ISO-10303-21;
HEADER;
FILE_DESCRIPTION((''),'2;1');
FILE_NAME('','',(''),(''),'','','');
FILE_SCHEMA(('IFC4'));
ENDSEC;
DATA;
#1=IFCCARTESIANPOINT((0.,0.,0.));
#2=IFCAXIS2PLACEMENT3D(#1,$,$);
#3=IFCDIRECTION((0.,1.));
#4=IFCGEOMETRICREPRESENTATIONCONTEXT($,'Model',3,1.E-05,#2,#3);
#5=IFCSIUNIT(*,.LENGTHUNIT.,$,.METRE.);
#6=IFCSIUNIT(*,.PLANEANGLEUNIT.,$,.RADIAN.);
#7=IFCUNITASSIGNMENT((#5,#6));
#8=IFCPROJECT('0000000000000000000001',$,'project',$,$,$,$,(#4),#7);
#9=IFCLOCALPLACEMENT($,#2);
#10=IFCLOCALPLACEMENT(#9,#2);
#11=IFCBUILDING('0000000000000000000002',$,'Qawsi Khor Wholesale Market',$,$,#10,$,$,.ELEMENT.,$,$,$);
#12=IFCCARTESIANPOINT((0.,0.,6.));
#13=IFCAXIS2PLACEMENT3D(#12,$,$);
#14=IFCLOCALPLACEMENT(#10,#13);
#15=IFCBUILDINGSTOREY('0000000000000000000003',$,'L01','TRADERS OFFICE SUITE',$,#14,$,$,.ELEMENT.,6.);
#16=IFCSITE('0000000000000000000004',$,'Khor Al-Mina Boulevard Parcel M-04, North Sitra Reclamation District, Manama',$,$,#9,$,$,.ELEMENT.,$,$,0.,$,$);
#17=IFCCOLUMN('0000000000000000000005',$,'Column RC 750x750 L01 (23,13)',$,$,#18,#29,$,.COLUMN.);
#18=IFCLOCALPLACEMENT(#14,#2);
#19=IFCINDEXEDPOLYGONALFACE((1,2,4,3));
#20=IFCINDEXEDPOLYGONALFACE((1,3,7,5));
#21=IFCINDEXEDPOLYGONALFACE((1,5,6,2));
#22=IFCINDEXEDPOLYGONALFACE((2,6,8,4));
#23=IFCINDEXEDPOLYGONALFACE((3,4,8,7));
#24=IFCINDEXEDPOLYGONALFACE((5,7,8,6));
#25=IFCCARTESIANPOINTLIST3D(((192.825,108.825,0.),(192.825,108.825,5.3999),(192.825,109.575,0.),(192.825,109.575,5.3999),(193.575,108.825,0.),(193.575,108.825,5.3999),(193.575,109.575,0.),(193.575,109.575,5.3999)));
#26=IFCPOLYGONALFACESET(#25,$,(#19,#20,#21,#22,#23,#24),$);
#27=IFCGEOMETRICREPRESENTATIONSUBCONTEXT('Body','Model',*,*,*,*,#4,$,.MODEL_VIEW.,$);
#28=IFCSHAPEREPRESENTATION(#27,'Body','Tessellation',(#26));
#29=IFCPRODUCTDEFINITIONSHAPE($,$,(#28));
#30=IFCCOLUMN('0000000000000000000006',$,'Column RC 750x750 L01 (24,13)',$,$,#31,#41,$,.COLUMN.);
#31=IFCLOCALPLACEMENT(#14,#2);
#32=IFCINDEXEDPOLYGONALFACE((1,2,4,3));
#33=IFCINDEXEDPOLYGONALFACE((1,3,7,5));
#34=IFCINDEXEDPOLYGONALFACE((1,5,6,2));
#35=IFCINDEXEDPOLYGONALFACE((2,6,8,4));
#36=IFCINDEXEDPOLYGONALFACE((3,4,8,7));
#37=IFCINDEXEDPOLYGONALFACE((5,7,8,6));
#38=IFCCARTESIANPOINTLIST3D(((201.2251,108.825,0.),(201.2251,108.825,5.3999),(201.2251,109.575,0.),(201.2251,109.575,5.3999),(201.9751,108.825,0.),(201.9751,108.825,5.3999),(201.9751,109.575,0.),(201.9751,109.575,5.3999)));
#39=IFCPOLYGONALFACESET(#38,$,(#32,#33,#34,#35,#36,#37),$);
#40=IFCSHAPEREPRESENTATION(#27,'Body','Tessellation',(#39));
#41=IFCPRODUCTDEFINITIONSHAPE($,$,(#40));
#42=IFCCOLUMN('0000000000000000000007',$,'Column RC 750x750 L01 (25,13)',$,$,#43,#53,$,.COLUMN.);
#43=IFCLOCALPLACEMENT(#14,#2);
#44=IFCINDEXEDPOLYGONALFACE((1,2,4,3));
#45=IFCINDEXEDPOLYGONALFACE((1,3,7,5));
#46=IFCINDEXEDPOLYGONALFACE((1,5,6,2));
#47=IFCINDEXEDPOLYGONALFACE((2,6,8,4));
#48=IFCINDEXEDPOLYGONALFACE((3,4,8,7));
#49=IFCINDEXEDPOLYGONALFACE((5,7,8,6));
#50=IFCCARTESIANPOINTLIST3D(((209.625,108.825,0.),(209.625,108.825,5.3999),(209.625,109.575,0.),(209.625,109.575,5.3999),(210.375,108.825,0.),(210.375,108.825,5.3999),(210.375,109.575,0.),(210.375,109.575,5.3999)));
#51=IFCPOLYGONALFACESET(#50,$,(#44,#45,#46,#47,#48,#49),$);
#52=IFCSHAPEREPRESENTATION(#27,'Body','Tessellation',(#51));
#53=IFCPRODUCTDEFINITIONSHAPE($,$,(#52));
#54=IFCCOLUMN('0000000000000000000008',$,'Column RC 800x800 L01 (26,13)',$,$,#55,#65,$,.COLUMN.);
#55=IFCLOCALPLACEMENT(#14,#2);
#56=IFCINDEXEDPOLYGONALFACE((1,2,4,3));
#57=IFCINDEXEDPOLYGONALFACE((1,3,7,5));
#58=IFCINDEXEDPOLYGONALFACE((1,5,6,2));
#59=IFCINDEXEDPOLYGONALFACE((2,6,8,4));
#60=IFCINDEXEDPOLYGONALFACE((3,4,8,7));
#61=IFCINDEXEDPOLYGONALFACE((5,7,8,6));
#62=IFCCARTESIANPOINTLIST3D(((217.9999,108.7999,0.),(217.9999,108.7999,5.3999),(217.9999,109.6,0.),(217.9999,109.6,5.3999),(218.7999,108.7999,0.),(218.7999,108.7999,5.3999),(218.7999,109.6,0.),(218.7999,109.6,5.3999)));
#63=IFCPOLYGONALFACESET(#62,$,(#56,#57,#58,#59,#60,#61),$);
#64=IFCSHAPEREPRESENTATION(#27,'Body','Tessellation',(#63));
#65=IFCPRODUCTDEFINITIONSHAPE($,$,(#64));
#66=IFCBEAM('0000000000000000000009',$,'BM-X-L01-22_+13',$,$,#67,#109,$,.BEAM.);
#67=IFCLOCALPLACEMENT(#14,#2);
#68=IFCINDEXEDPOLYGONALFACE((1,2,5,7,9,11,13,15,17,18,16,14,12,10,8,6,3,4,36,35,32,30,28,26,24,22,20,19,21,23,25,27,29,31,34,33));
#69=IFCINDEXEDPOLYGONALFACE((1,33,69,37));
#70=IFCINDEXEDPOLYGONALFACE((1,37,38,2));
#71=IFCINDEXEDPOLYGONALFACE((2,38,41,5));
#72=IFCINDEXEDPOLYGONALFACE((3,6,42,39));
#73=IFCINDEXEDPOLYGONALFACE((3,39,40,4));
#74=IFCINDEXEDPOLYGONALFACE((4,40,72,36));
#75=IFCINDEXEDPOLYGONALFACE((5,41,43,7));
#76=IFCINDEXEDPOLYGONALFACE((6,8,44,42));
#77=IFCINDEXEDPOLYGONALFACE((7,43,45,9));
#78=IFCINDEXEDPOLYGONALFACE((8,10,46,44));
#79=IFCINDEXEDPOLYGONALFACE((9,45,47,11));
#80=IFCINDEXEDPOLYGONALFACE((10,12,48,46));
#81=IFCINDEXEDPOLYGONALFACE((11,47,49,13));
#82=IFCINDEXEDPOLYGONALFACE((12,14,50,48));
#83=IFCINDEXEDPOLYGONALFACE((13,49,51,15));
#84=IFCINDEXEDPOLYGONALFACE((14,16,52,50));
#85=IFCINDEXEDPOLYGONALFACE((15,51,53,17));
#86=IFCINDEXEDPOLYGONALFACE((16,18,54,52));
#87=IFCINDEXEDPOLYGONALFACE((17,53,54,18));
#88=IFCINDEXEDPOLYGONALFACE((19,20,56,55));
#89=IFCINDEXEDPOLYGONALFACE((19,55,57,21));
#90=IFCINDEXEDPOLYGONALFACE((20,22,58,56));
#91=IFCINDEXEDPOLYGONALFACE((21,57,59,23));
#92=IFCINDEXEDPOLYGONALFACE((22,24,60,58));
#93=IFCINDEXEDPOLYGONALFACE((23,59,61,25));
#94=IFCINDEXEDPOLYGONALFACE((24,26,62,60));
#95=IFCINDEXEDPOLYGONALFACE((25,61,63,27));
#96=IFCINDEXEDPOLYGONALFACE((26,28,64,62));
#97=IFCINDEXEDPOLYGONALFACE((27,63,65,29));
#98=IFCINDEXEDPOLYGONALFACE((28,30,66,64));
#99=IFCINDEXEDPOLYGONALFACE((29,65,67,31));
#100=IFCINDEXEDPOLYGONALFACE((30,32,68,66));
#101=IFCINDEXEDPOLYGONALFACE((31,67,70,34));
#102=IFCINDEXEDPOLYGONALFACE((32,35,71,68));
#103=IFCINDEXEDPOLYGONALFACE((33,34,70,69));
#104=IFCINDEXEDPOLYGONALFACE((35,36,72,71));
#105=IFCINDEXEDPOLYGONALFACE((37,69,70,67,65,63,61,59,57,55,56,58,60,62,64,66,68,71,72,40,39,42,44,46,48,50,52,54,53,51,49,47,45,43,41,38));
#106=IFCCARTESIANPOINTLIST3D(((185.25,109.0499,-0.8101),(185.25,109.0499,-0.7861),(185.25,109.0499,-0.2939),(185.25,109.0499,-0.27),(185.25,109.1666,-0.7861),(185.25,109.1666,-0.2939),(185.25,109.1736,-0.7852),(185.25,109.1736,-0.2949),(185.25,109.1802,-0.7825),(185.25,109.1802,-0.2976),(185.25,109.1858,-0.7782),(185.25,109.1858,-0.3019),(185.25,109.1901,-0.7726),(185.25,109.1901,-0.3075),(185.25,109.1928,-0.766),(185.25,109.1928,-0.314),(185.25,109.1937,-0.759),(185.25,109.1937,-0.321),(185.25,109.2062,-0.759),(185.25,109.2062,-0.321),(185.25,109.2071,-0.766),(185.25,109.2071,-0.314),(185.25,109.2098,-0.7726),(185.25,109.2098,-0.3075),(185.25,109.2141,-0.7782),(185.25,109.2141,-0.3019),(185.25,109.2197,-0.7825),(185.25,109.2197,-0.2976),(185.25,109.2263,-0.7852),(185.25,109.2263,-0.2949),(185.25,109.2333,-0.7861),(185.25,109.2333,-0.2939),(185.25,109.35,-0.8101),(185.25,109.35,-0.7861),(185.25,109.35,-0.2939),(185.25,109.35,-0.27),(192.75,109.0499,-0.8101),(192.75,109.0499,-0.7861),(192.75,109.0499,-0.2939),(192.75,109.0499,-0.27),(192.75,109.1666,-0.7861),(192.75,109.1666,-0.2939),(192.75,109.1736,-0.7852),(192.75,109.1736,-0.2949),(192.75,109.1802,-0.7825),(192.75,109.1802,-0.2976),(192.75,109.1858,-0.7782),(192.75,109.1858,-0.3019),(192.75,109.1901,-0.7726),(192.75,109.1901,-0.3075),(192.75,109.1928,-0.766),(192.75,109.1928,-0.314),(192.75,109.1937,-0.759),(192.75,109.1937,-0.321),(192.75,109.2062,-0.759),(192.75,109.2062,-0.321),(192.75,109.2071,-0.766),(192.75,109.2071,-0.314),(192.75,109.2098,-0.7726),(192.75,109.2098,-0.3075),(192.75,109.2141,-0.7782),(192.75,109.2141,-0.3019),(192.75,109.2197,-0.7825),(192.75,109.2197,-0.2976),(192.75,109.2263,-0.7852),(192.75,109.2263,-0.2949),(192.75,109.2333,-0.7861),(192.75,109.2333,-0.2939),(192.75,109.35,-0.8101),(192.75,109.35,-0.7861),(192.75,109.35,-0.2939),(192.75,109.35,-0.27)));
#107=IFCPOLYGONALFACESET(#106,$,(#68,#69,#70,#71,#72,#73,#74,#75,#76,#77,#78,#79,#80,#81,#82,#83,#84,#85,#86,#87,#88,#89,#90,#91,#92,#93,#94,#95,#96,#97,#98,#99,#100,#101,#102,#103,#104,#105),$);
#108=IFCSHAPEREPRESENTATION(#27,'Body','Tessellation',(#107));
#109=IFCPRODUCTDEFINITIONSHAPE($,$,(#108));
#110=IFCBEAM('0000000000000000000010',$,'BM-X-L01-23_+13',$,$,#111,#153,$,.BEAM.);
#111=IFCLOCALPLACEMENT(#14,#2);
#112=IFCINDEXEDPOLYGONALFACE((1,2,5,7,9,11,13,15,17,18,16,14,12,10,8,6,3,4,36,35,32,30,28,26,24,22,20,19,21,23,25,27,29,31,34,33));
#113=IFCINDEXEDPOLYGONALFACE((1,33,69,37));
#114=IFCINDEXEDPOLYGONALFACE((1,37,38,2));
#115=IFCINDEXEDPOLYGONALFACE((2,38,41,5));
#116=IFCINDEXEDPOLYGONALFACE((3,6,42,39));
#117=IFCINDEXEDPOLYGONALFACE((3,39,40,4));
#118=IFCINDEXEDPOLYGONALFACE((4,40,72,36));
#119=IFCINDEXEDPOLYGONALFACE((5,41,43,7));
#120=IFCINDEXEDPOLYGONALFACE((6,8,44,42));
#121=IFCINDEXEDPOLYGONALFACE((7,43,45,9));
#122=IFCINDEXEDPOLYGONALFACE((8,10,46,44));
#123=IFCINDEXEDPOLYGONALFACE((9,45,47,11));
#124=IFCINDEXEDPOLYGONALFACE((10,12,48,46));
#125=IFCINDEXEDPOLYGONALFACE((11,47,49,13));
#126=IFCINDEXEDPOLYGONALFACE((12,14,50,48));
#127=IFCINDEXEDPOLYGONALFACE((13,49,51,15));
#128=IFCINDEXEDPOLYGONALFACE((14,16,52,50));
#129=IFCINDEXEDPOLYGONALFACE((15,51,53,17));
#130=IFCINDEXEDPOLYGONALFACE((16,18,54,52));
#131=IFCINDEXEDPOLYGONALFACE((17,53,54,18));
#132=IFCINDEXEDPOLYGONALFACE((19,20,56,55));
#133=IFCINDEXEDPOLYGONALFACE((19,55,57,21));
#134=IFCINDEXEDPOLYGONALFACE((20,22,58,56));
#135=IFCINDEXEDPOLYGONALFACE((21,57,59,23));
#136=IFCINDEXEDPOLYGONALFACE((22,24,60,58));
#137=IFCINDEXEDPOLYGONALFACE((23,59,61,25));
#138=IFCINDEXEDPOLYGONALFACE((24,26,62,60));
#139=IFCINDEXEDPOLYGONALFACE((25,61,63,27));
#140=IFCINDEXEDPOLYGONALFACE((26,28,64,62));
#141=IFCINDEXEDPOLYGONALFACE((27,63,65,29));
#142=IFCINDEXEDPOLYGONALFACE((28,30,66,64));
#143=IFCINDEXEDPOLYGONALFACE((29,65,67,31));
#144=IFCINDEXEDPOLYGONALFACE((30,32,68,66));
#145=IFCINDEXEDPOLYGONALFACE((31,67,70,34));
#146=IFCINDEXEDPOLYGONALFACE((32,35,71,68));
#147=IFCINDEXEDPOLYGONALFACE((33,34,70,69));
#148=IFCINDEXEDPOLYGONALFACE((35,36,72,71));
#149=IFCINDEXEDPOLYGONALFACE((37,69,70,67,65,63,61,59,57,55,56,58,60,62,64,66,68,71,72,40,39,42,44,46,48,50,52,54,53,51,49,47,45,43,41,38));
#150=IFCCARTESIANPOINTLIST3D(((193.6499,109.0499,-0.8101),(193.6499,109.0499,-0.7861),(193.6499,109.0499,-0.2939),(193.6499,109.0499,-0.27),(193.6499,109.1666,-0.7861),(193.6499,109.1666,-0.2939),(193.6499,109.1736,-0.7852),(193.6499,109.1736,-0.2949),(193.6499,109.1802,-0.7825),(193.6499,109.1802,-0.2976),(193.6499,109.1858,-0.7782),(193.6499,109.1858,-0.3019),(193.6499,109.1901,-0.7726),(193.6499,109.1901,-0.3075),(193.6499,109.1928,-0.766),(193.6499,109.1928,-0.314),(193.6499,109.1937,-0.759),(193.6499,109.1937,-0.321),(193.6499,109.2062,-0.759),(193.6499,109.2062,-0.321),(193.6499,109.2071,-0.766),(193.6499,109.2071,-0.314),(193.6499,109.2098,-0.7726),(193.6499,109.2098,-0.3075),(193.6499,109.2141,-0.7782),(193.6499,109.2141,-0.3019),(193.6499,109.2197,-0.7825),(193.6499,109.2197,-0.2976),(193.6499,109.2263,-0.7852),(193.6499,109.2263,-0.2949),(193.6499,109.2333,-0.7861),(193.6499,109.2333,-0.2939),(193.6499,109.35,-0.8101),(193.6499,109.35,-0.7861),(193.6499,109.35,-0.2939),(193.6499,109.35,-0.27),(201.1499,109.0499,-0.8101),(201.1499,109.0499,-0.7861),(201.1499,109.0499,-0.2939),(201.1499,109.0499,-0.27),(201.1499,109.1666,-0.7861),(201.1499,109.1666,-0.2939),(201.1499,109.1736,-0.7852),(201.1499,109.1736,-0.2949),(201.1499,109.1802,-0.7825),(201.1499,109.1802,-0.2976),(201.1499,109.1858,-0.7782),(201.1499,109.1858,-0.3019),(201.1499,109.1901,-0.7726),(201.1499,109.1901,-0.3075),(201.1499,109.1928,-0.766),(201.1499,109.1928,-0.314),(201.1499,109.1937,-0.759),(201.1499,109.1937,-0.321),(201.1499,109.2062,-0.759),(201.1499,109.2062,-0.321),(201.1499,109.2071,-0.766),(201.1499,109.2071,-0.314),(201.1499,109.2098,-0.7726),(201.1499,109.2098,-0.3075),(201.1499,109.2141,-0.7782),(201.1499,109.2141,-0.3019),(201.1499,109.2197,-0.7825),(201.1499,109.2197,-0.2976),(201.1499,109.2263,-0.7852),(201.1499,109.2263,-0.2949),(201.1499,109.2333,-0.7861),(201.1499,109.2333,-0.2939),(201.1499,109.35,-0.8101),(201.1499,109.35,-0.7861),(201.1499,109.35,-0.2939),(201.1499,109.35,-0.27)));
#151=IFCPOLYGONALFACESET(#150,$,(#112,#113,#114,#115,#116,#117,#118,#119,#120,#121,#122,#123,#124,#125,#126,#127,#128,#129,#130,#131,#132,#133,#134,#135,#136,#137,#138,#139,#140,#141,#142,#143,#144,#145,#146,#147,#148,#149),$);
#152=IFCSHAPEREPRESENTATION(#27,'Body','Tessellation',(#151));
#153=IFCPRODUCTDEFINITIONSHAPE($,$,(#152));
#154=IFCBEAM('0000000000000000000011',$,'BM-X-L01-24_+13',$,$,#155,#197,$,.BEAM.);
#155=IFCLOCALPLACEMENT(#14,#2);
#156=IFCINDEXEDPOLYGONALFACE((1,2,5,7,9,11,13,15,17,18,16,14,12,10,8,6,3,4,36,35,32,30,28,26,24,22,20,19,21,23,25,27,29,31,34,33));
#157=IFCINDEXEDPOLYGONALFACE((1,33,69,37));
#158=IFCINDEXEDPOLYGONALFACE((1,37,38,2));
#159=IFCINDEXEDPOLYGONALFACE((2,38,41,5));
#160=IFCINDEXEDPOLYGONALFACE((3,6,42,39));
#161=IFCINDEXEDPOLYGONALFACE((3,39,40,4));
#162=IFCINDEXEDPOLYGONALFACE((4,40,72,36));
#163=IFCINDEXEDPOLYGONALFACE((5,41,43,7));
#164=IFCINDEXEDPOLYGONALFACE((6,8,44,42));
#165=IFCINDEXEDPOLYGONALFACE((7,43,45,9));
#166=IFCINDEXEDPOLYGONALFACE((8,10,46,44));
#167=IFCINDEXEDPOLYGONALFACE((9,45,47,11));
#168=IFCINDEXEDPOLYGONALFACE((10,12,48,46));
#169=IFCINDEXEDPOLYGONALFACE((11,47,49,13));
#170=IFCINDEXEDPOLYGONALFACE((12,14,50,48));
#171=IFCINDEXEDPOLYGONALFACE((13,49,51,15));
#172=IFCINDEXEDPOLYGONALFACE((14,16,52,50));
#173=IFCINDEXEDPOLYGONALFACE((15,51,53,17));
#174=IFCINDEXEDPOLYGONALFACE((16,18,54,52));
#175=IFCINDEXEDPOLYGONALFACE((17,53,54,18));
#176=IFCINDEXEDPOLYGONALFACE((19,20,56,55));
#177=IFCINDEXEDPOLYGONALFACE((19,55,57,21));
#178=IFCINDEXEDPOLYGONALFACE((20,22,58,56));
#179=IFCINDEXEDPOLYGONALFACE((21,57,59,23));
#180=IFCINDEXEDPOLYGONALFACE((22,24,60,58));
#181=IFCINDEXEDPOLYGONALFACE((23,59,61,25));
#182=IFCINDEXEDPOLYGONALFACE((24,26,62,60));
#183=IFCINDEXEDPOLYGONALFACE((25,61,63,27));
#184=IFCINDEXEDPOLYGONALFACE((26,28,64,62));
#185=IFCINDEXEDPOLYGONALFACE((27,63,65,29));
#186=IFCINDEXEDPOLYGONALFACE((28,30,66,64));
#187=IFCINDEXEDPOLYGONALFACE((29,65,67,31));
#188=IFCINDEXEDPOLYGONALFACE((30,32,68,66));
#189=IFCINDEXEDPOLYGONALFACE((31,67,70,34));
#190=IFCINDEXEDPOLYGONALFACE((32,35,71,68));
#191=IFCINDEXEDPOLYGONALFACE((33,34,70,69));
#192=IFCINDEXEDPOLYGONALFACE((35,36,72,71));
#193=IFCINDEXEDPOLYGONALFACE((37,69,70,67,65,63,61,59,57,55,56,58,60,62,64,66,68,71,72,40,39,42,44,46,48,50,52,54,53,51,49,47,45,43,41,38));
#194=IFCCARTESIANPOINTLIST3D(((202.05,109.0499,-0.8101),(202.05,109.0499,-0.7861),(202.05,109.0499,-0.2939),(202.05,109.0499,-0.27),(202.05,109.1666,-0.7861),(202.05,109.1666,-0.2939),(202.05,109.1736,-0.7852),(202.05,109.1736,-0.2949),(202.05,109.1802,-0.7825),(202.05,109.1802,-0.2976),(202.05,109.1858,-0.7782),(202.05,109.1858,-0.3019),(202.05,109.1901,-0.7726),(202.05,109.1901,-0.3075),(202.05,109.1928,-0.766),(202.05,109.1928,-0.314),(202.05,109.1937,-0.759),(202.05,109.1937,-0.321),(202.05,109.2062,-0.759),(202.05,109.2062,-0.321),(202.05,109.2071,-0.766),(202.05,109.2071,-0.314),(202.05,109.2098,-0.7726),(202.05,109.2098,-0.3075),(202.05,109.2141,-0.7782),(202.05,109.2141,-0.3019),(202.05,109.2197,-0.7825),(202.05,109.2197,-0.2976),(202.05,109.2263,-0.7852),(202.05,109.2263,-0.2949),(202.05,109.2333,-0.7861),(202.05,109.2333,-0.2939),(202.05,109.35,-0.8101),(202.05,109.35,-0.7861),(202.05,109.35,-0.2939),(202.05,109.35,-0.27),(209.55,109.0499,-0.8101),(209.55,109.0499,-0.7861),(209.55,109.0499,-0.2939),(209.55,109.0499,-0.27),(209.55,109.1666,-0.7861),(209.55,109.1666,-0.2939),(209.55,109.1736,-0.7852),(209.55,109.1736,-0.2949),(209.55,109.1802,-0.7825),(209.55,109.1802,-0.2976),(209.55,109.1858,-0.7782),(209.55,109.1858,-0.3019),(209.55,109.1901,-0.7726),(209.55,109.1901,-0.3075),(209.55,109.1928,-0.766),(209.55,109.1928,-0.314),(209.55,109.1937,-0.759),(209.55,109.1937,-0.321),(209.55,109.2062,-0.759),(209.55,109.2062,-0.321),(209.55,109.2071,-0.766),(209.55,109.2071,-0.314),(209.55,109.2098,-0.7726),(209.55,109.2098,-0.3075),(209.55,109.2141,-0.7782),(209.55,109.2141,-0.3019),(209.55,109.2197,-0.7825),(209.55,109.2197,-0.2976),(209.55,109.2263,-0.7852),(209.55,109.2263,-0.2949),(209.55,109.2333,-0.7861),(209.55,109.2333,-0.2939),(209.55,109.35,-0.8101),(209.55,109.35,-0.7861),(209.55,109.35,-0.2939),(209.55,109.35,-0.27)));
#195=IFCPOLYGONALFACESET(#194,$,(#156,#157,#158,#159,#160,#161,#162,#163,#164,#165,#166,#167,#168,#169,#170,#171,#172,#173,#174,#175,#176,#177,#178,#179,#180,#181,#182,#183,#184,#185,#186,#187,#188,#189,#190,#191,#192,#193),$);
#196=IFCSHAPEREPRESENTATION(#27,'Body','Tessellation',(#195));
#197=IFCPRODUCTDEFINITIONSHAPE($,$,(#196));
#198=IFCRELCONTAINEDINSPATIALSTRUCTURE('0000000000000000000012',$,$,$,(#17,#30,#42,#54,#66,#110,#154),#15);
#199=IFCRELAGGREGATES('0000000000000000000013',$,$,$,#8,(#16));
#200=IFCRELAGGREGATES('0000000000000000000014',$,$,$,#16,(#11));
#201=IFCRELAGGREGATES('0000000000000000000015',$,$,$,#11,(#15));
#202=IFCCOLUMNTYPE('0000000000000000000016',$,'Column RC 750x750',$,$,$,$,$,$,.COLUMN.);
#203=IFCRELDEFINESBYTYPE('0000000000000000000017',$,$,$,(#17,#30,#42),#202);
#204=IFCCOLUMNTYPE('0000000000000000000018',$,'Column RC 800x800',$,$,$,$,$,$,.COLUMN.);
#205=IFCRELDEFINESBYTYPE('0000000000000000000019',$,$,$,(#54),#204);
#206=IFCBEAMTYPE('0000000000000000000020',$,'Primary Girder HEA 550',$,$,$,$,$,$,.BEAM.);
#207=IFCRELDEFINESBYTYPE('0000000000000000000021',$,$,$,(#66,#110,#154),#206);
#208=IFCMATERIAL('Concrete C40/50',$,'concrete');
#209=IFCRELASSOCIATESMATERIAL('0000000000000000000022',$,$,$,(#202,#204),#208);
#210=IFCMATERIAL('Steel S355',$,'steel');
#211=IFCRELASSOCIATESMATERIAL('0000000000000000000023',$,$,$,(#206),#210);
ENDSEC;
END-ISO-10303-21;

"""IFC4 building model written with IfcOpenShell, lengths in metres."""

from ifc_helpers import new_model, si_unit, direction, frame, origin, origin_2d, place, context, subcontext, project, spatial, rectangle, i_section, extrude, material, material_profile, profile_set, type_object, element, save


model = new_model("IFC4")

# Units and contexts
model_context = context("Model", 3, precision=1e-05, world=origin(), true_north=direction((0.0, 1.0)))
body_context = subcontext(model_context, "Body", "Model", "MODEL_VIEW")
ifc_project = project(units=[si_unit("LENGTHUNIT", "METRE"), si_unit("PLANEANGLEUNIT", "RADIAN")], contexts=[model_context])

# Site, building, storey
site_placement = place(None, origin())
site = spatial("IfcSite", under=ifc_project, at=site_placement, Name="Khor Al-Mina Boulevard Parcel M-04, North Sitra Reclamation District, Manama", CompositionType="ELEMENT", RefElevation=0.0)
building_placement = place(site_placement, origin())
building = spatial("IfcBuilding", under=site, at=building_placement, Name="Qawsi Khor Wholesale Market", CompositionType="ELEMENT")
storey_placement = place(building_placement, frame((0.0, 0.0, 6.0)))
storey = spatial("IfcBuildingStorey", under=building, at=storey_placement, Name="L01", Description="TRADERS OFFICE SUITE", CompositionType="ELEMENT", Elevation=6.0)

# Columns
ifc_material_1 = material(Name="Concrete C40/50", Category="concrete")
ifc_material_profile_1 = material_profile(ifc_material_1, rectangle(XDim=0.75, YDim=0.75, at=origin_2d()), Name="RC 750x750")
ifc_profile_set_1 = profile_set([ifc_material_profile_1], Name="Concrete C40/50")
column_type_1 = type_object("IfcColumnType", Name="Column RC 750x750", PredefinedType="COLUMN", material=ifc_profile_set_1)
for number, where, z_axis, x_axis, name in (
    (1, (193.2, 109.2, 0.0), (0.0, 0.0, 1.0), (1.0, 0.0, 0.0), "Column RC 750x750 L01 (23,13)"),
    (2, (201.6001, 109.2, 0.0), (0.0, 0.0, 1.0), (1.0, 0.0, 0.0), "Column RC 750x750 L01 (24,13)"),
    (3, (210.0, 109.2, 0.0), (0.0, 0.0, 1.0), (1.0, 0.0, 0.0), "Column RC 750x750 L01 (25,13)"),
):
    element("IfcColumn", number, at=place(storey_placement, frame(where, z_axis=z_axis, x_axis=x_axis)), inside=storey, type_object=column_type_1, Name=name, PredefinedType="COLUMN", context=body_context, shape_type="SweptSolid", body=[
        extrude(rectangle(XDim=0.75, YDim=0.75, at=origin_2d()), origin(), (0.0, 0.0, 1.0), 5.3999),
    ])
ifc_material_profile_2 = material_profile(ifc_material_1, rectangle(XDim=0.8, YDim=0.8, at=origin_2d()), Name="RC 800x800")
ifc_profile_set_2 = profile_set([ifc_material_profile_2], Name="Concrete C40/50")
column_type_2 = type_object("IfcColumnType", Name="Column RC 800x800", PredefinedType="COLUMN", material=ifc_profile_set_2)
column_placement = place(storey_placement, frame((218.3999, 109.2, 0.0), z_axis=(0.0, 0.0, 1.0), x_axis=(1.0, 0.0, 0.0)))
element("IfcColumn", 4, at=column_placement, inside=storey, type_object=column_type_2, Name="Column RC 800x800 L01 (26,13)", PredefinedType="COLUMN", context=body_context, shape_type="SweptSolid", body=[
    extrude(rectangle(XDim=0.8, YDim=0.8, at=origin_2d()), origin(), (0.0, 0.0, 1.0), 5.3999),
])

# Beams
ifc_material_2 = material(Name="Steel S355", Category="steel")
ifc_material_profile_3 = material_profile(ifc_material_2, i_section(OverallWidth=0.3, OverallDepth=0.54, WebThickness=0.0125, FlangeThickness=0.0239, FilletRadius=0.0271, at=origin_2d()), Name="HEA 550")
ifc_profile_set_3 = profile_set([ifc_material_profile_3], Name="Steel S355")
beam_type = type_object("IfcBeamType", Name="Primary Girder HEA 550", PredefinedType="BEAM", material=ifc_profile_set_3)
for number, where, z_axis, x_axis, name in (
    (5, (185.25, 109.2, -0.54), (1.0, 0.0, 0.0), (0.0, 1.0, 0.0), "BM-X-L01-22_+13"),
    (6, (193.6499, 109.2, -0.54), (1.0, 0.0, 0.0), (0.0, 1.0, 0.0), "BM-X-L01-23_+13"),
    (7, (202.05, 109.2, -0.54), (1.0, 0.0, 0.0), (0.0, 1.0, 0.0), "BM-X-L01-24_+13"),
):
    element("IfcBeam", number, at=place(storey_placement, frame(where, z_axis=z_axis, x_axis=x_axis)), inside=storey, type_object=beam_type, Name=name, PredefinedType="BEAM", context=body_context, shape_type="SweptSolid", body=[
        extrude(i_section(OverallWidth=0.3, OverallDepth=0.54, WebThickness=0.0125, FlangeThickness=0.0239, FilletRadius=0.0271, at=origin_2d()), origin(), (0.0, 0.0, 1.0), 7.5),
    ])

save(model, "model.ifc")
